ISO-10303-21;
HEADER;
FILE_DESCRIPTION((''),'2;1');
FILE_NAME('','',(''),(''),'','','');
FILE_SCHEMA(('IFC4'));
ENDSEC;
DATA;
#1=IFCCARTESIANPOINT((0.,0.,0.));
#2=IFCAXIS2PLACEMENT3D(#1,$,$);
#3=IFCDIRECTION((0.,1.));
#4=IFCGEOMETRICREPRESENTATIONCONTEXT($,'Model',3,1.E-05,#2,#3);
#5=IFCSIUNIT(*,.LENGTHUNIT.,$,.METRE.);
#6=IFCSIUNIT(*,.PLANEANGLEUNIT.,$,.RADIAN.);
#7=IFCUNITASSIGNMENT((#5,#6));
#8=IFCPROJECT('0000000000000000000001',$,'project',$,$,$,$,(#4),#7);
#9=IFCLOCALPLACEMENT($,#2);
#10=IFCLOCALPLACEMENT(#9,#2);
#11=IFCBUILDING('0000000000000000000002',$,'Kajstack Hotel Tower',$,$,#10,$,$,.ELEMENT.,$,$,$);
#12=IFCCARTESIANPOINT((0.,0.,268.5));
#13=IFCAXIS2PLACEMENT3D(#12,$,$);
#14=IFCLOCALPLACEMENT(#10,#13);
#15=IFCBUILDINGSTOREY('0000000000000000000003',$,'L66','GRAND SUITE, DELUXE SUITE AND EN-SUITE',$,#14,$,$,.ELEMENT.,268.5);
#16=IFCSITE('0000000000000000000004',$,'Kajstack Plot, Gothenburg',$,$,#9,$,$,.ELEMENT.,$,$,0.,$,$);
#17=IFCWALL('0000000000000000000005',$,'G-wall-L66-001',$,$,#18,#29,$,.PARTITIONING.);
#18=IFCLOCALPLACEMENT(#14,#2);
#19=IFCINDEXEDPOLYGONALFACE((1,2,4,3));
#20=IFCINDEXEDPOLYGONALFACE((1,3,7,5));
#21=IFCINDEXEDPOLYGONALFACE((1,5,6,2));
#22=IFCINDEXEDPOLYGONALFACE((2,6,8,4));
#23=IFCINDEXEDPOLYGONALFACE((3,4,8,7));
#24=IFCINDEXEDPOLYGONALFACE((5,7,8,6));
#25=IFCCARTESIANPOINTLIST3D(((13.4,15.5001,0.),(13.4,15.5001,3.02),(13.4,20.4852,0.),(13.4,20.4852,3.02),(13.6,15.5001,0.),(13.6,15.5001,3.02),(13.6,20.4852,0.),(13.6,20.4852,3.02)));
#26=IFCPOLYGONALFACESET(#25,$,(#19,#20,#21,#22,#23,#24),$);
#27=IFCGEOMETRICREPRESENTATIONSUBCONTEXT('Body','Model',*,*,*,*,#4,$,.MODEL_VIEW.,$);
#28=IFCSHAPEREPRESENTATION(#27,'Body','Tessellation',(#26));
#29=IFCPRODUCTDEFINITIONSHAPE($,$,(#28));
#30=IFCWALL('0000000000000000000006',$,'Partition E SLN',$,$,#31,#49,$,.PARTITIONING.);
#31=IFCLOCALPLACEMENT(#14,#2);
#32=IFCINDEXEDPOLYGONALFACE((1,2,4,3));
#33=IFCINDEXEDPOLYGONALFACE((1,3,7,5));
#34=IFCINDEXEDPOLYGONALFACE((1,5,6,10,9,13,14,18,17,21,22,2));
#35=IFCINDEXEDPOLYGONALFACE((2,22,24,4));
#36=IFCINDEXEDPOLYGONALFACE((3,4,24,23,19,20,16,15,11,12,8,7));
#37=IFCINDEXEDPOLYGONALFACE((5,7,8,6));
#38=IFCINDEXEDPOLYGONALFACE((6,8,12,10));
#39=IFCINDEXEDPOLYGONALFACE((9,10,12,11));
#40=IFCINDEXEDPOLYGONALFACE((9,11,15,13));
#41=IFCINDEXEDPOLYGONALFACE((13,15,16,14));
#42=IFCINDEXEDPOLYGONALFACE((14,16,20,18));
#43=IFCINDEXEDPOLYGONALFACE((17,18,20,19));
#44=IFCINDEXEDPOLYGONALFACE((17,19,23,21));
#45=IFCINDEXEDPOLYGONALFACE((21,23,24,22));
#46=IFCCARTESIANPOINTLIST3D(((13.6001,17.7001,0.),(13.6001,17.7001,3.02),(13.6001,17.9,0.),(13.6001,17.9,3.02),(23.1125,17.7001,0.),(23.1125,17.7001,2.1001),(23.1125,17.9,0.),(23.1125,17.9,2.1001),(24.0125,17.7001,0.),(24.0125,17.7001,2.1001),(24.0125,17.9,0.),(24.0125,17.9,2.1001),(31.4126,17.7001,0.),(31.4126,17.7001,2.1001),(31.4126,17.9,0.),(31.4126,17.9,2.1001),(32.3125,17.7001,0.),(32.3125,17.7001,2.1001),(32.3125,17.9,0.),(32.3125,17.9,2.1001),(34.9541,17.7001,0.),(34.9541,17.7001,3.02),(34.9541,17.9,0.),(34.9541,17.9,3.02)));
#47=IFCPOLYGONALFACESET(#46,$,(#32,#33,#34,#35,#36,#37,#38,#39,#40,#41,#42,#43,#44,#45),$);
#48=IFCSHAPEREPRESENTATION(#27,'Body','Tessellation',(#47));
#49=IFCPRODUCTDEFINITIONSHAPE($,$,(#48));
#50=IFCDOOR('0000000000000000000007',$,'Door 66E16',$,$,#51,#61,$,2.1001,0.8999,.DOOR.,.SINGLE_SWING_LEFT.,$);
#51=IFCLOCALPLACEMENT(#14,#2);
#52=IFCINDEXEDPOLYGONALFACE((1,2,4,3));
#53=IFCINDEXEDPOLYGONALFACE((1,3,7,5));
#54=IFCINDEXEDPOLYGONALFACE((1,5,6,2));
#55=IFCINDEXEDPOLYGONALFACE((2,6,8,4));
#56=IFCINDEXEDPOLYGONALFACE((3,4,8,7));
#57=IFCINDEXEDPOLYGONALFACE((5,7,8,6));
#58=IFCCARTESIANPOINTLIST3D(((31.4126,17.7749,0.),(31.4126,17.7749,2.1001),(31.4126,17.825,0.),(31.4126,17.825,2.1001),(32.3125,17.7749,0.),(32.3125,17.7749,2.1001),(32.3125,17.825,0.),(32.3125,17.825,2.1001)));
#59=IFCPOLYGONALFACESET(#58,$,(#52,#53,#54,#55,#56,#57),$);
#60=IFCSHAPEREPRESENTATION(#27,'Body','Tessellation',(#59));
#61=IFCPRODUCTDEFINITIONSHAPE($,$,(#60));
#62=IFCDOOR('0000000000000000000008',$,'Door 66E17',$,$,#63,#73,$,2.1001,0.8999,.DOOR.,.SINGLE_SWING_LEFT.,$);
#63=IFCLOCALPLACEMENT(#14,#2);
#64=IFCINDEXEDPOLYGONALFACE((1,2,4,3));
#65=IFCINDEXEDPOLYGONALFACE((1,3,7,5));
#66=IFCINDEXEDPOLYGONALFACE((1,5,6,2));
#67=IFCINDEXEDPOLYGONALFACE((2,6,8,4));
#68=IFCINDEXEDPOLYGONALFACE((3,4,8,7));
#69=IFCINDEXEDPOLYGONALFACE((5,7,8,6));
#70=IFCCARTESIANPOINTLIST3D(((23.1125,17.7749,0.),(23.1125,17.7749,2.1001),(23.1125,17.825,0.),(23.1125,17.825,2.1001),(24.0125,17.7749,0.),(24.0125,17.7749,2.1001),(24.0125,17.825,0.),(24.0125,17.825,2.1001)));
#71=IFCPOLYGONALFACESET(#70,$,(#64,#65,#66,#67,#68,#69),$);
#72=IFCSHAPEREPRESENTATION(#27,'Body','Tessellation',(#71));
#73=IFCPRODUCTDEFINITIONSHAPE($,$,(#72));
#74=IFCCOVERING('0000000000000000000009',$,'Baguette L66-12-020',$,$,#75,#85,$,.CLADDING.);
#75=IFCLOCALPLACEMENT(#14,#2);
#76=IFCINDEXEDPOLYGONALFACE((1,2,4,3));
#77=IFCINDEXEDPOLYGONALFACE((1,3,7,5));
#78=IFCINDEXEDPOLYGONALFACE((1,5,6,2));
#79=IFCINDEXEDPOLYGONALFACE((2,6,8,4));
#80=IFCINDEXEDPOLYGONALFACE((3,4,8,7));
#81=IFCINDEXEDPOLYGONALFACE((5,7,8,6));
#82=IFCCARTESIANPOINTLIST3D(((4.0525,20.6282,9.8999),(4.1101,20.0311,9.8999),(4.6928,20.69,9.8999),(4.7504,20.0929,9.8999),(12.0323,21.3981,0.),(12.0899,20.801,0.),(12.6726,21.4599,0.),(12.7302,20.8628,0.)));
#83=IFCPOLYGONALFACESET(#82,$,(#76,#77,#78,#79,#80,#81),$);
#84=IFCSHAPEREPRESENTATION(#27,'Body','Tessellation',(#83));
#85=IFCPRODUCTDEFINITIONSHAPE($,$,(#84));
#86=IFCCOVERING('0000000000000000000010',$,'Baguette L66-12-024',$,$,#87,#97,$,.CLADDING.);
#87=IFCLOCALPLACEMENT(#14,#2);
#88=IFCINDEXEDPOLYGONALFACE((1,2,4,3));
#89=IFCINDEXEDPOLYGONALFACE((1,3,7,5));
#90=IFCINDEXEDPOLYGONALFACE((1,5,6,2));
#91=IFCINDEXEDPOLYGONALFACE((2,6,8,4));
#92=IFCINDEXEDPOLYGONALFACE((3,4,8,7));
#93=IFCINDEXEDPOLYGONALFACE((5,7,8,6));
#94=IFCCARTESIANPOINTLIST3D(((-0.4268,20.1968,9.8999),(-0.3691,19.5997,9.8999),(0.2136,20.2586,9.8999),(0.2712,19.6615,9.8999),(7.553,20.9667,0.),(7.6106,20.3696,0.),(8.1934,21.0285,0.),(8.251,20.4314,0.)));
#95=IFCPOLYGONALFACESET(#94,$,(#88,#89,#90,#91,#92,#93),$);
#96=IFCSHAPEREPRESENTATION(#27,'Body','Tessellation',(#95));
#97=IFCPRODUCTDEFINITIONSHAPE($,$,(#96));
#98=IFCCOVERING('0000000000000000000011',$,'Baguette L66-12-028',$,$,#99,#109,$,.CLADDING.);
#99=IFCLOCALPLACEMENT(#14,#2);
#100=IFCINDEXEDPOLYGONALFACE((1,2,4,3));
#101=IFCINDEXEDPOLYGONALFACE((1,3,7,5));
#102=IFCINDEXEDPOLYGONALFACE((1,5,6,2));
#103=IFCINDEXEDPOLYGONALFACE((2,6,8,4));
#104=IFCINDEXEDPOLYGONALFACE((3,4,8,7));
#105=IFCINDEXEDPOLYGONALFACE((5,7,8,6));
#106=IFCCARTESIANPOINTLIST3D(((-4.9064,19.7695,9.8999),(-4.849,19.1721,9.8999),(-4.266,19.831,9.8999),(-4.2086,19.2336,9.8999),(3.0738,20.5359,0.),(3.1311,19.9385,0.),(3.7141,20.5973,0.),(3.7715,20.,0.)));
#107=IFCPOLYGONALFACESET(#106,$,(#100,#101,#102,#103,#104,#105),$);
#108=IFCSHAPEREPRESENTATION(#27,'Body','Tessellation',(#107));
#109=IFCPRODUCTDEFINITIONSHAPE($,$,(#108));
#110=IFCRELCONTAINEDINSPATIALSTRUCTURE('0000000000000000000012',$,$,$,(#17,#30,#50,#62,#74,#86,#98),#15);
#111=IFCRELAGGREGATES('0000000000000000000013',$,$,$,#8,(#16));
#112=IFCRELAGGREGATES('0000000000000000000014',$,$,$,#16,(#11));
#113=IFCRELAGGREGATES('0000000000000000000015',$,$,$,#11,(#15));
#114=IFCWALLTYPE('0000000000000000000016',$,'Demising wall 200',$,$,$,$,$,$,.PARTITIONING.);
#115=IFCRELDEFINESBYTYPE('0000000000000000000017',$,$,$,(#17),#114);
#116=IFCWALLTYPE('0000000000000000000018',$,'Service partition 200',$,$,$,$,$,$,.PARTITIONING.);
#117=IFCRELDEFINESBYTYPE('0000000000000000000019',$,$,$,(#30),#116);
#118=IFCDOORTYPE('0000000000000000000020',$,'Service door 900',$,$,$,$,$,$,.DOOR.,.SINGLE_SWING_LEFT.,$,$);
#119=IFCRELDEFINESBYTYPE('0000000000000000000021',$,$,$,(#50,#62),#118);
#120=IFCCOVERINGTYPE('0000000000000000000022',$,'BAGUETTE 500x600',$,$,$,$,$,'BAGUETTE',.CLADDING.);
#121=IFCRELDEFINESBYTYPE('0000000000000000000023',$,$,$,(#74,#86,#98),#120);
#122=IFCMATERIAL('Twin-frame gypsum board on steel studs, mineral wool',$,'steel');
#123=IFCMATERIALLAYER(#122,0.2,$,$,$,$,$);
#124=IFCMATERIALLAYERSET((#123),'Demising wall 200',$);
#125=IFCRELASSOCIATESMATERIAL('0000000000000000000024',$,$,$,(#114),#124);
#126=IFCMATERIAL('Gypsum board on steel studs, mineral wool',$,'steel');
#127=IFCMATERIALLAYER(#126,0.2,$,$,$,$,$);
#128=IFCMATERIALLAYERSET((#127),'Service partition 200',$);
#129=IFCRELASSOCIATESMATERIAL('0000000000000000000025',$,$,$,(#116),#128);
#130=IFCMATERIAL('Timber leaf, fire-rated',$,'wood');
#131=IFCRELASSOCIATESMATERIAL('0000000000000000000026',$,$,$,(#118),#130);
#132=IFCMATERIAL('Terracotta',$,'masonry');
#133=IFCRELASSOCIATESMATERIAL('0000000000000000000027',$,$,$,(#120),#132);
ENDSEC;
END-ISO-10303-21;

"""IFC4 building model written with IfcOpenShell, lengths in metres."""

from ifc_helpers import new_model, si_unit, direction, frame, frame_2d, origin, origin_2d, place, context, subcontext, project, spatial, polyline, rectangle, outline, extrude, material, layer, layer_set, material_profile, profile_set, type_object, element, fill, save


model = new_model("IFC4")

# Units and contexts
model_context = context("Model", 3, precision=1e-05, world=origin(), true_north=direction((0.0, 1.0)))
body_context = subcontext(model_context, "Body", "Model", "MODEL_VIEW")
ifc_project = project(units=[si_unit("LENGTHUNIT", "METRE"), si_unit("PLANEANGLEUNIT", "RADIAN")], contexts=[model_context])

# Site, building, storey
site_placement = place(None, origin())
site = spatial("IfcSite", under=ifc_project, at=site_placement, Name="Kajstack Plot, Gothenburg", CompositionType="ELEMENT", RefElevation=0.0)
building_placement = place(site_placement, origin())
building = spatial("IfcBuilding", under=site, at=building_placement, Name="Kajstack Hotel Tower", CompositionType="ELEMENT")
storey_placement = place(building_placement, frame((0.0, 0.0, 268.5)))
storey = spatial("IfcBuildingStorey", under=building, at=storey_placement, Name="L66", Description="GRAND SUITE, DELUXE SUITE AND EN-SUITE", CompositionType="ELEMENT", Elevation=268.5)

# Wall
ifc_material_1 = material(Name="Twin-frame gypsum board on steel studs, mineral wool", Category="steel")
ifc_layer_1 = layer(ifc_material_1, 0.2)
ifc_layer_set_1 = layer_set([ifc_layer_1], Name="Demising wall 200")
wall_type_1 = type_object("IfcWallType", Name="Demising wall 200", PredefinedType="PARTITIONING", material=ifc_layer_set_1)
wall_1_placement = place(storey_placement, frame((13.5, 15.5, 0.0), z_axis=(0.0, 0.0, 1.0), x_axis=(0.0, 1.0, 0.0)))
element("IfcWall", 1, at=wall_1_placement, inside=storey, type_object=wall_type_1, Name="G-wall-L66-001", PredefinedType="PARTITIONING", context=body_context, shape_type="SweptSolid", body=[
    extrude(rectangle(XDim=4.9851, YDim=0.2, at=frame_2d((2.4927, 0.0))), origin(), (0.0, 0.0, 1.0), 3.02),
])

# Wall, openings, doors
ifc_material_2 = material(Name="Gypsum board on steel studs, mineral wool", Category="steel")
ifc_layer_2 = layer(ifc_material_2, 0.2)
ifc_layer_set_2 = layer_set([ifc_layer_2], Name="Service partition 200")
wall_type_2 = type_object("IfcWallType", Name="Service partition 200", PredefinedType="PARTITIONING", material=ifc_layer_set_2)
wall_2_placement = place(storey_placement, frame((13.6001, 17.8, 0.0), z_axis=(0.0, 0.0, 1.0), x_axis=(1.0, 0.0, 0.0)))
wall_2 = element("IfcWall", 2, at=wall_2_placement, inside=storey, type_object=wall_type_2, Name="Partition E SLN", PredefinedType="PARTITIONING", context=body_context, shape_type="SweptSolid", body=[
    extrude(rectangle(XDim=21.354, YDim=0.2, at=frame_2d((10.677, 0.0))), origin(), (0.0, 0.0, 1.0), 3.02),
])
opening_1_placement = place(wall_2_placement, frame((17.8125, 0.0, 0.0)))
opening_1 = element("IfcOpeningElement", 3, at=opening_1_placement, cuts=wall_2, PredefinedType="OPENING", context=body_context, shape_type="SweptSolid", body=[
    extrude(rectangle(XDim=0.8999, YDim=2.1001, at=frame_2d((0.45, 1.05))), frame((0.0, 0.1099, 0.0), z_axis=(0.0, -1.0, 0.0), x_axis=(1.0, 0.0, 0.0)), (0.0, 0.0, 1.0), 0.22),
])
opening_2_placement = place(wall_2_placement, frame((9.5125, 0.0, 0.0)))
opening_2 = element("IfcOpeningElement", 4, at=opening_2_placement, cuts=wall_2, PredefinedType="OPENING", context=body_context, shape_type="SweptSolid", body=[
    extrude(rectangle(XDim=0.8999, YDim=2.1001, at=frame_2d((0.45, 1.05))), frame((0.0, 0.1099, 0.0), z_axis=(0.0, -1.0, 0.0), x_axis=(1.0, 0.0, 0.0)), (0.0, 0.0, 1.0), 0.22),
])
ifc_material_3 = material(Name="Timber leaf, fire-rated", Category="wood")
door_type = type_object("IfcDoorType", Name="Service door 900", OperationType="SINGLE_SWING_LEFT", PredefinedType="DOOR", material=ifc_material_3)
door_1_placement = place(opening_1_placement, origin())
door_1 = element("IfcDoor", 5, at=door_1_placement, inside=storey, type_object=door_type, Name="Door 66E16", OperationType="SINGLE_SWING_LEFT", OverallHeight=2.1001, OverallWidth=0.8999, PredefinedType="DOOR", context=body_context, shape_type="SweptSolid", body=[
    extrude(rectangle(XDim=0.8999, YDim=2.1001, at=frame_2d((0.45, 1.05))), frame((0.0, 0.0249, 0.0), z_axis=(0.0, -1.0, 0.0), x_axis=(1.0, 0.0, 0.0)), (0.0, 0.0, 1.0), 0.05),
])
fill(opening_1, door_1)
door_2_placement = place(opening_2_placement, origin())
door_2 = element("IfcDoor", 6, at=door_2_placement, inside=storey, type_object=door_type, Name="Door 66E17", OperationType="SINGLE_SWING_LEFT", OverallHeight=2.1001, OverallWidth=0.8999, PredefinedType="DOOR", context=body_context, shape_type="SweptSolid", body=[
    extrude(rectangle(XDim=0.8999, YDim=2.1001, at=frame_2d((0.45, 1.05))), frame((0.0, 0.0249, 0.0), z_axis=(0.0, -1.0, 0.0), x_axis=(1.0, 0.0, 0.0)), (0.0, 0.0, 1.0), 0.05),
])
fill(opening_2, door_2)

# Coverings
ifc_material_4 = material(Name="Terracotta", Category="masonry")
ifc_material_profile = material_profile(ifc_material_4, rectangle(XDim=0.6001, YDim=0.5, at=origin_2d()), Name="Terracotta-clad concrete baguette 500 x 600")
ifc_profile_set = profile_set([ifc_material_profile], Name="Terracotta")
covering_type = type_object("IfcCoveringType", Name="BAGUETTE 500x600", ElementType="BAGUETTE", PredefinedType="CLADDING", material=ifc_profile_set)
for number, where, z_axis, x_axis, name in (
    (7, (12.7302, 20.8628, 0.0), (-0.096038, 0.995378, 0.0), (-0.995378, -0.096038, 0.0), "Baguette L66-12-020"),
    (8, (8.251, 20.4314, 0.0), (-0.096038, 0.995378, 0.0), (-0.995378, -0.096038, 0.0), "Baguette L66-12-024"),
):
    element("IfcCovering", number, at=place(storey_placement, frame(where, z_axis=z_axis, x_axis=x_axis)), inside=storey, type_object=covering_type, Name=name, PredefinedType="CLADDING", context=body_context, shape_type="SweptSolid", body=[
        extrude(outline(polyline([(8.0168, 9.8999), (0.0, 0.0), (0.6433, 0.0), (8.6602, 9.8999), (8.0168, 9.8999)])), origin(), (0.0, 0.0, 1.0), 0.5999),
    ])
covering_placement = place(storey_placement, frame((3.7715, 20.0, 0.0), z_axis=(-0.095596, 0.99542, 0.0), x_axis=(-0.99542, -0.095596, 0.0)))
element("IfcCovering", 9, at=covering_placement, inside=storey, type_object=covering_type, Name="Baguette L66-12-028", PredefinedType="CLADDING", context=body_context, shape_type="SweptSolid", body=[
    extrude(outline(polyline([(8.0168, 9.8999), (0.0, 0.0), (0.6433, 0.0), (8.6602, 9.8999), (8.0168, 9.8999)])), origin(), (0.0, 0.0, 1.0), 0.6001),
])

save(model, "model.ifc")
